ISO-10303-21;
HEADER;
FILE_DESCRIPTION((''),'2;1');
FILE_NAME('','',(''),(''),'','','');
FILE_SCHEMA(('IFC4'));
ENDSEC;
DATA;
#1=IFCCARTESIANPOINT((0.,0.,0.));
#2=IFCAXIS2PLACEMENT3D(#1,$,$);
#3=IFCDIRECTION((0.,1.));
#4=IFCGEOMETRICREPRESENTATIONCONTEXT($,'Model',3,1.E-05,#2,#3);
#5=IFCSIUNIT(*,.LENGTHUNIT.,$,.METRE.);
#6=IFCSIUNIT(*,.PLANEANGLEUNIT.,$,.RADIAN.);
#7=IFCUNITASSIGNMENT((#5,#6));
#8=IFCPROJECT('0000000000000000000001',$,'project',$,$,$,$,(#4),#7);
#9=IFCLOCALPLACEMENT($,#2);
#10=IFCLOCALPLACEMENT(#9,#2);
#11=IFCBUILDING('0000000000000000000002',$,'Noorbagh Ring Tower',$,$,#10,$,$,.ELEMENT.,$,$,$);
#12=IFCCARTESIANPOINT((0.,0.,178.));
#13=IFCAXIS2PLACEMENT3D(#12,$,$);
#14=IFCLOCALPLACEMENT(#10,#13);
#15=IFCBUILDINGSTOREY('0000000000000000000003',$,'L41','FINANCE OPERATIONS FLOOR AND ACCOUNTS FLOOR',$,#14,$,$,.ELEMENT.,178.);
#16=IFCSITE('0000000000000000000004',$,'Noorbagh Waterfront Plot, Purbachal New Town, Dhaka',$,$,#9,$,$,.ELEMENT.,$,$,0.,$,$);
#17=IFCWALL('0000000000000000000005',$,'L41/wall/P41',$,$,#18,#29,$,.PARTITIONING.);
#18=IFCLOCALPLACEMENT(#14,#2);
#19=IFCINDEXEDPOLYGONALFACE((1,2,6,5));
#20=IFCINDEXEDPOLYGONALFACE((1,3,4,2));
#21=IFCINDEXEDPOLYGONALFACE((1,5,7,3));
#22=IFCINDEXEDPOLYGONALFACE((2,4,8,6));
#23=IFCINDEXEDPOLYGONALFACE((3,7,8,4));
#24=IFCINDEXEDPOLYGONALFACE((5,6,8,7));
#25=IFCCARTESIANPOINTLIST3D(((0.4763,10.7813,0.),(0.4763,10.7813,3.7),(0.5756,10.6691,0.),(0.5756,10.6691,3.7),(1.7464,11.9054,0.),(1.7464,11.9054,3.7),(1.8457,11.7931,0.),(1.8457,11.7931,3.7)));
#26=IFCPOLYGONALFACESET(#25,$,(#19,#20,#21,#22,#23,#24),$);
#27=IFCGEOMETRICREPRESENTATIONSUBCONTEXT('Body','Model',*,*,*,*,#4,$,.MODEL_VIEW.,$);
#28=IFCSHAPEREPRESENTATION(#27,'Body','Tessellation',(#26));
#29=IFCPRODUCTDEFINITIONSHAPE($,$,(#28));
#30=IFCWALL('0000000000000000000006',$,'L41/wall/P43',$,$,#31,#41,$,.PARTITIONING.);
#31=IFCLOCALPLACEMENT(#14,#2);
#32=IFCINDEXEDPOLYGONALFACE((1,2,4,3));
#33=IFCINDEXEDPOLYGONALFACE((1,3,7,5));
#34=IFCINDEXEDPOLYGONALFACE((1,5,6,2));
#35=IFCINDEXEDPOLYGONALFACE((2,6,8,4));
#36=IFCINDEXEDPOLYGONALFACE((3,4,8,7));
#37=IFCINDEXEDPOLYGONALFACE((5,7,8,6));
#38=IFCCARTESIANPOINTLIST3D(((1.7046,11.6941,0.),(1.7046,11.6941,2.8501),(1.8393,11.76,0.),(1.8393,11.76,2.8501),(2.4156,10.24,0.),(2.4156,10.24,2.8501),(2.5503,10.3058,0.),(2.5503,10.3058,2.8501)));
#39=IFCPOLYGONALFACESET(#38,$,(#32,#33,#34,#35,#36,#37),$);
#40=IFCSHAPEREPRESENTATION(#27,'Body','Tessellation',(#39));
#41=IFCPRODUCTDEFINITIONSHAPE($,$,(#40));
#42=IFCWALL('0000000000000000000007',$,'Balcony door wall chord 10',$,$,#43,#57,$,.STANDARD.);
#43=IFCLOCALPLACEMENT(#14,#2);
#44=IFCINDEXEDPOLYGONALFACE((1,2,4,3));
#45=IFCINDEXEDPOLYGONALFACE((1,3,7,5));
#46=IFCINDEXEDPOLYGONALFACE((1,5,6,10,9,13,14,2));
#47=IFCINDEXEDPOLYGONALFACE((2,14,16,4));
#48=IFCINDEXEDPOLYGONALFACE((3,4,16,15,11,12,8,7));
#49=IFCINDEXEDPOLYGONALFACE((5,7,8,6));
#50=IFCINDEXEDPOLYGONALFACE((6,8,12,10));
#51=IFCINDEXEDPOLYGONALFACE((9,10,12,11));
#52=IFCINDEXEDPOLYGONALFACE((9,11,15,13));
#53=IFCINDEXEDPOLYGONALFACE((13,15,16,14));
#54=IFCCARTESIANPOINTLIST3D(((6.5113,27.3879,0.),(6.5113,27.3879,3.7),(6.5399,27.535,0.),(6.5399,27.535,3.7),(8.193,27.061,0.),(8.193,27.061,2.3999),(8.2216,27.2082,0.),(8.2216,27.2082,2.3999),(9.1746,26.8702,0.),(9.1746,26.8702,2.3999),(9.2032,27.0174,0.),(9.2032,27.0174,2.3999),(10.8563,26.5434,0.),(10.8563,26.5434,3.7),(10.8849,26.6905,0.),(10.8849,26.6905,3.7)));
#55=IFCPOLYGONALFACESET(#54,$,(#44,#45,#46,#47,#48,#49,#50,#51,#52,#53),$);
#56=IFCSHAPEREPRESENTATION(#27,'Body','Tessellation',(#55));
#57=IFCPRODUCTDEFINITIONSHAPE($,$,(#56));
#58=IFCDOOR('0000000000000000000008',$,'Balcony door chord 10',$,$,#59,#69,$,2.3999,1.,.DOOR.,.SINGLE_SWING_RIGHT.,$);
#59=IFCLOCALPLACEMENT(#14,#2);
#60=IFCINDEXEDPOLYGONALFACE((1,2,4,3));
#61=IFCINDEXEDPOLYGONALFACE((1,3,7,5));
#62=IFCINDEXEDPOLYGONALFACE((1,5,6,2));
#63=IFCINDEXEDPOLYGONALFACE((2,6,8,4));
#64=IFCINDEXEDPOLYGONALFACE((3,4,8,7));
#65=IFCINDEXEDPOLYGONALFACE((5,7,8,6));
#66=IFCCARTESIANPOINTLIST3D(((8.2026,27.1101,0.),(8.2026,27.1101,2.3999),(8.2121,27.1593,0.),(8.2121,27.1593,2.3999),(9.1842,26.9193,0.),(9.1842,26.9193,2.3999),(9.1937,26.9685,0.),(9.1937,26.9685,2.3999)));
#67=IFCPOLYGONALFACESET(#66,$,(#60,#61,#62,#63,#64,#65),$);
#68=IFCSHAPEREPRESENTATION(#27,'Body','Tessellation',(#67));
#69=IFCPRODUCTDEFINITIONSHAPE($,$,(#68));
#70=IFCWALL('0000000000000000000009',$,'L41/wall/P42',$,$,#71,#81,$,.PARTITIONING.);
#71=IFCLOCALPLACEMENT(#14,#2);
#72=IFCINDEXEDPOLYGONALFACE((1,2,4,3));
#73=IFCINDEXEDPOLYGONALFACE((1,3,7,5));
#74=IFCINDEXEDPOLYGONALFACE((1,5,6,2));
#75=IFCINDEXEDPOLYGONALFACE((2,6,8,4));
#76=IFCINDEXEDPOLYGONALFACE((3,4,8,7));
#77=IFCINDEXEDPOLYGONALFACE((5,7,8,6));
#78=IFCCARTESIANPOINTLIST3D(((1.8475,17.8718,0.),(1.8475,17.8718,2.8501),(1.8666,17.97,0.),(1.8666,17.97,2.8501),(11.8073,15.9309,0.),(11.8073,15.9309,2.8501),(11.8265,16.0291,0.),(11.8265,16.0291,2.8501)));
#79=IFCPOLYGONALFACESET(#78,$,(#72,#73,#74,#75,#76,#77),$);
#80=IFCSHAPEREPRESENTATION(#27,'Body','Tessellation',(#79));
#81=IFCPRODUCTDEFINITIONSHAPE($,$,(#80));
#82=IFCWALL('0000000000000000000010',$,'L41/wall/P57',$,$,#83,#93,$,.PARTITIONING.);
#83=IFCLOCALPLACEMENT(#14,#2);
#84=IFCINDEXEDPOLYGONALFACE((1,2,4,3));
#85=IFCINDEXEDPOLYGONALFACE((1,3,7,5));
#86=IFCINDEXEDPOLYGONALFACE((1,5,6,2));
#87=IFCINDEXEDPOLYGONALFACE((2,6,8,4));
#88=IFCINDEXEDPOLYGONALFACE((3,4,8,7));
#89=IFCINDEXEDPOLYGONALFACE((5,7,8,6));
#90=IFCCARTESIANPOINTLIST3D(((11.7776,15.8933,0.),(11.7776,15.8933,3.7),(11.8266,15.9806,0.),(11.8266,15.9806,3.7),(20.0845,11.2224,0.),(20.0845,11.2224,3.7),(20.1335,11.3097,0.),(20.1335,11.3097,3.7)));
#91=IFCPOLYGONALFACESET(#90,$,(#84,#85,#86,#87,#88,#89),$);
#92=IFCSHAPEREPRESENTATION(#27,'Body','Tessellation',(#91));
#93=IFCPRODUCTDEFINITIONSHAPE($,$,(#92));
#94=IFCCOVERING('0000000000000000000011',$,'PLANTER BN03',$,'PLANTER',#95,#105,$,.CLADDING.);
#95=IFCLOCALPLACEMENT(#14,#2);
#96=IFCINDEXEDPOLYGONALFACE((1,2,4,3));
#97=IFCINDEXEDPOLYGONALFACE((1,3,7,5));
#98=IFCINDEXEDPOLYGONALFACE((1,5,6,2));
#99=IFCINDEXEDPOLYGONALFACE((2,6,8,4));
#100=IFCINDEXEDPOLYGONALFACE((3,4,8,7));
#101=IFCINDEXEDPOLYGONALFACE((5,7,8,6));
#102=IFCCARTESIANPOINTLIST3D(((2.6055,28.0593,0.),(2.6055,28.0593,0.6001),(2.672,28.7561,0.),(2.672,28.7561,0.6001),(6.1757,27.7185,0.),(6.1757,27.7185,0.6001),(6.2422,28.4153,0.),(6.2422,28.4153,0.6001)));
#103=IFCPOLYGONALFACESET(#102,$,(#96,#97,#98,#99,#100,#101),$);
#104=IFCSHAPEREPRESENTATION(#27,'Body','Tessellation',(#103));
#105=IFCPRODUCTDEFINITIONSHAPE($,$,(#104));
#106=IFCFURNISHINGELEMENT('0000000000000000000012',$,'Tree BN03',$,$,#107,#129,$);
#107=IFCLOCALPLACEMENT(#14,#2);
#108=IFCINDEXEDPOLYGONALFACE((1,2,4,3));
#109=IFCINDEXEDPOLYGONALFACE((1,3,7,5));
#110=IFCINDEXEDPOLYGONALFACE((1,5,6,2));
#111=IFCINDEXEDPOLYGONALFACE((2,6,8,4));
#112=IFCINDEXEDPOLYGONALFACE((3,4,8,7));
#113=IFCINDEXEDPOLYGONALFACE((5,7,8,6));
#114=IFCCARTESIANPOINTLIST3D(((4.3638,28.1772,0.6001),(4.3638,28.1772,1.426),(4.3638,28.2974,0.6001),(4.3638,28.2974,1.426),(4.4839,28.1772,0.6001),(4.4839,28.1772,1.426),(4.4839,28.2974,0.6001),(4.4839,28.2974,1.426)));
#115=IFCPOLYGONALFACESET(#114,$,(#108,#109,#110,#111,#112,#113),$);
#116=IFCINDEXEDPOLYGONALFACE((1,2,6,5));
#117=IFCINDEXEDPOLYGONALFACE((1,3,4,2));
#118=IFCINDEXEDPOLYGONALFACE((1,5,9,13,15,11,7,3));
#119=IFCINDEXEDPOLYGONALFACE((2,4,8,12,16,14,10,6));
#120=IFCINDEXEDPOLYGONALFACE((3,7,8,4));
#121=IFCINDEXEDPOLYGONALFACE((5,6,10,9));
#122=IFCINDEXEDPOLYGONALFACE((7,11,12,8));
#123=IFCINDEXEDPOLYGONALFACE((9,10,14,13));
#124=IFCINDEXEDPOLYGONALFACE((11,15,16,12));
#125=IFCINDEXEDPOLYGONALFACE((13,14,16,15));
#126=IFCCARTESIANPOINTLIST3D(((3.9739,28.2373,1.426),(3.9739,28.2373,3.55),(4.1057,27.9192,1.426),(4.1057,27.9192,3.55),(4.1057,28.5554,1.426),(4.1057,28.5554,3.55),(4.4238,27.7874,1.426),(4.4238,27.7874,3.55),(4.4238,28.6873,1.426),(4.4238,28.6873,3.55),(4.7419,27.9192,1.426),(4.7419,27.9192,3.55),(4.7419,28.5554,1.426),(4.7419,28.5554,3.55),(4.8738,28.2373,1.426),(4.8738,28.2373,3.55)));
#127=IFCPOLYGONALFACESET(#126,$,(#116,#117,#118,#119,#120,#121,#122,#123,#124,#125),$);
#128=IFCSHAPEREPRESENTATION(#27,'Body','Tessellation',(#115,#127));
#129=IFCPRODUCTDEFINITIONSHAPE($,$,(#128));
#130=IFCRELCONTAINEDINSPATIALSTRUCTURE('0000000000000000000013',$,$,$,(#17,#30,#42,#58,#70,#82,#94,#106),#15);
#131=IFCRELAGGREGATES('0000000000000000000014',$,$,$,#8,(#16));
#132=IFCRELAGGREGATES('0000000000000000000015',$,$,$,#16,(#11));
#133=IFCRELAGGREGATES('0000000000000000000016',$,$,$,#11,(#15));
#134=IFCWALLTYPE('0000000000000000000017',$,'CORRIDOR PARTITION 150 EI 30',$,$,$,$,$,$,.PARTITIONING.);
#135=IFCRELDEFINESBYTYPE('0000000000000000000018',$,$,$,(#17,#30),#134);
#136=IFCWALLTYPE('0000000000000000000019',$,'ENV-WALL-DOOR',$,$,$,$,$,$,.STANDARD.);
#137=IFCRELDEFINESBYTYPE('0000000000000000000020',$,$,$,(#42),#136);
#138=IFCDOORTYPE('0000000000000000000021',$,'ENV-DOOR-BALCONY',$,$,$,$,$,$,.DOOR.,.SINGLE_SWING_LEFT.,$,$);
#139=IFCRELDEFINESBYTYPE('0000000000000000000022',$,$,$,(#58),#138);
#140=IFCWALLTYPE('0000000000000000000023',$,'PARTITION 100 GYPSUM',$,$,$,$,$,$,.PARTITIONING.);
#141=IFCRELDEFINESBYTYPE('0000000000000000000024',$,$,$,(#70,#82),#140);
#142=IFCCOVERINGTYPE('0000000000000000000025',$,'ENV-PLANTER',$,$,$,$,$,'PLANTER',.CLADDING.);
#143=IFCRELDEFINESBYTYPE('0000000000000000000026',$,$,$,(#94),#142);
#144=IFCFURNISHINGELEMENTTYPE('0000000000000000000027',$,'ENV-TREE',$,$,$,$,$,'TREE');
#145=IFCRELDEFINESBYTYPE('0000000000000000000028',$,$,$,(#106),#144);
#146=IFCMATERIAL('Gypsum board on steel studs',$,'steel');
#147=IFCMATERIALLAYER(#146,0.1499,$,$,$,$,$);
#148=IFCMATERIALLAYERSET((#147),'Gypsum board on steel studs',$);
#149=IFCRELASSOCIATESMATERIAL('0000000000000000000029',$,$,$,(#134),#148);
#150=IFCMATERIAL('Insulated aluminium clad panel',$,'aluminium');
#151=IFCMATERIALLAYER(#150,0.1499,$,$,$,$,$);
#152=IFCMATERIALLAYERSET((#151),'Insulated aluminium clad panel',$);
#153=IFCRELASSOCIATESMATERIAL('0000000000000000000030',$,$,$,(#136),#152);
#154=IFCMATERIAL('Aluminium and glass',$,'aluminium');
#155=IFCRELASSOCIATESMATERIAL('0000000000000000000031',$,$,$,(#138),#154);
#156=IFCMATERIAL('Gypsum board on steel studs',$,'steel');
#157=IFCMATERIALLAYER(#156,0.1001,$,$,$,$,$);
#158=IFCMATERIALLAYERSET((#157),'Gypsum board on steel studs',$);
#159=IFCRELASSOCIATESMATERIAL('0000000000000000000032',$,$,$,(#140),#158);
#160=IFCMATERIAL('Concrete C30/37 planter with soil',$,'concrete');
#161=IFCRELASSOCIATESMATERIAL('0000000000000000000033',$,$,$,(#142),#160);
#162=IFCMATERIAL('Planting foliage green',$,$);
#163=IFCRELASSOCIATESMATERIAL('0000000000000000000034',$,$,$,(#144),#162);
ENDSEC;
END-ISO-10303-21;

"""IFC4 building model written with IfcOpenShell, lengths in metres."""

from ifc_helpers import new_model, si_unit, direction, frame, frame_2d, origin, origin_2d, place, context, subcontext, project, spatial, polyline, rectangle, outline, extrude, material, layer, layer_set, type_object, element, fill, save


model = new_model("IFC4")

# Units and contexts
model_context = context("Model", 3, precision=1e-05, world=origin(), true_north=direction((0.0, 1.0)))
body_context = subcontext(model_context, "Body", "Model", "MODEL_VIEW")
ifc_project = project(units=[si_unit("LENGTHUNIT", "METRE"), si_unit("PLANEANGLEUNIT", "RADIAN")], contexts=[model_context])

# Site, building, storey
site_placement = place(None, origin())
site = spatial("IfcSite", under=ifc_project, at=site_placement, Name="Noorbagh Waterfront Plot, Purbachal New Town, Dhaka", CompositionType="ELEMENT", RefElevation=0.0)
building_placement = place(site_placement, origin())
building = spatial("IfcBuilding", under=site, at=building_placement, Name="Noorbagh Ring Tower", CompositionType="ELEMENT")
storey_placement = place(building_placement, frame((0.0, 0.0, 178.0)))
storey = spatial("IfcBuildingStorey", under=building, at=storey_placement, Name="L41", Description="FINANCE OPERATIONS FLOOR AND ACCOUNTS FLOOR", CompositionType="ELEMENT", Elevation=178.0)

# Walls
ifc_material_1 = material(Name="Gypsum board on steel studs", Category="steel")
ifc_layer_1 = layer(ifc_material_1, 0.1499)
ifc_layer_set_1 = layer_set([ifc_layer_1], Name="Gypsum board on steel studs")
wall_type_1 = type_object("IfcWallType", Name="CORRIDOR PARTITION 150 EI 30", PredefinedType="PARTITIONING", material=ifc_layer_set_1)
wall_1_placement = place(storey_placement, frame((0.5259, 10.7251, 0.0), z_axis=(0.0, 0.0, 1.0), x_axis=(0.748837, 0.662754, 0.0)))
element("IfcWall", 1, at=wall_1_placement, inside=storey, type_object=wall_type_1, Name="L41/wall/P41", PredefinedType="PARTITIONING", context=body_context, shape_type="SweptSolid", body=[
    extrude(rectangle(XDim=1.696, YDim=0.1499, at=frame_2d((0.8481, 0.0))), origin(), (0.0, 0.0, 1.0), 3.7),
])
wall_2_placement = place(storey_placement, frame((1.772, 11.7271, 0.0), z_axis=(0.0, 0.0, 1.0), x_axis=(0.439232, -0.898374, 0.0)))
element("IfcWall", 2, at=wall_2_placement, inside=storey, type_object=wall_type_1, Name="L41/wall/P43", PredefinedType="PARTITIONING", context=body_context, shape_type="SweptSolid", body=[
    extrude(rectangle(XDim=1.6187, YDim=0.1499, at=frame_2d((0.8093, 0.0))), origin(), (0.0, 0.0, 1.0), 2.8501),
])

# Wall, opening, door
ifc_material_2 = material(Name="Insulated aluminium clad panel", Category="aluminium")
ifc_layer_2 = layer(ifc_material_2, 0.1499)
ifc_layer_set_2 = layer_set([ifc_layer_2], Name="Insulated aluminium clad panel")
wall_type_2 = type_object("IfcWallType", Name="ENV-WALL-DOOR", PredefinedType="STANDARD", material=ifc_layer_set_2)
wall_3_placement = place(storey_placement, frame((10.8706, 26.6169, 0.0), z_axis=(0.0, 0.0, 1.0), x_axis=(-0.981631, 0.190788, 0.0)))
wall_3 = element("IfcWall", 3, at=wall_3_placement, inside=storey, type_object=wall_type_2, Name="Balcony door wall chord 10", PredefinedType="STANDARD", context=body_context, shape_type="SweptSolid", body=[
    extrude(rectangle(XDim=4.4263, YDim=0.1499, at=frame_2d((2.2131, 0.0))), origin(), (0.0, 0.0, 1.0), 3.7),
])
opening_placement = place(wall_3_placement, frame((1.7131, 0.0, 0.0)))
opening = element("IfcOpeningElement", 4, at=opening_placement, cuts=wall_3, PredefinedType="OPENING", context=body_context, shape_type="SweptSolid", body=[
    extrude(rectangle(XDim=1.0, YDim=2.3999, at=frame_2d((0.5, 1.2))), frame((0.0, 0.085, 0.0), z_axis=(0.0, -1.0, 0.0), x_axis=(1.0, 0.0, 0.0)), (0.0, 0.0, 1.0), 0.1699),
])
ifc_material_3 = material(Name="Aluminium and glass", Category="aluminium")
door_type = type_object("IfcDoorType", Name="ENV-DOOR-BALCONY", OperationType="SINGLE_SWING_LEFT", PredefinedType="DOOR", material=ifc_material_3)
door_placement = place(opening_placement, origin())
door = element("IfcDoor", 5, at=door_placement, inside=storey, type_object=door_type, Name="Balcony door chord 10", OperationType="SINGLE_SWING_RIGHT", OverallHeight=2.3999, OverallWidth=1.0, PredefinedType="DOOR", context=body_context, shape_type="SweptSolid", body=[
    extrude(rectangle(XDim=1.0, YDim=2.3999, at=frame_2d((0.5, 1.2))), frame((0.0, 0.0249, 0.0), z_axis=(0.0, -1.0, 0.0), x_axis=(1.0, 0.0, 0.0)), (0.0, 0.0, 1.0), 0.05),
])
fill(opening, door)

# Walls
ifc_material_4 = material(Name="Gypsum board on steel studs", Category="steel")
ifc_layer_3 = layer(ifc_material_4, 0.1001)
ifc_layer_set_3 = layer_set([ifc_layer_3], Name="Gypsum board on steel studs")
wall_type_3 = type_object("IfcWallType", Name="PARTITION 100 GYPSUM", PredefinedType="PARTITIONING", material=ifc_layer_set_3)
wall_4_placement = place(storey_placement, frame((1.8569, 17.9209, 0.0), z_axis=(0.0, 0.0, 1.0), x_axis=(0.981537, -0.191274, 0.0)))
element("IfcWall", 6, at=wall_4_placement, inside=storey, type_object=wall_type_3, Name="L41/wall/P42", PredefinedType="PARTITIONING", context=body_context, shape_type="SweptSolid", body=[
    extrude(rectangle(XDim=10.1472, YDim=0.1001, at=frame_2d((5.0737, 0.0))), origin(), (0.0, 0.0, 1.0), 2.8501),
])
wall_5_placement = place(storey_placement, frame((11.802, 15.937, 0.0), z_axis=(0.0, 0.0, 1.0), x_axis=(0.871653, -0.490124, 0.0)))
element("IfcWall", 7, at=wall_5_placement, inside=storey, type_object=wall_type_3, Name="L41/wall/P57", PredefinedType="PARTITIONING", context=body_context, shape_type="SweptSolid", body=[
    extrude(rectangle(XDim=9.53, YDim=0.1001, at=frame_2d((4.7651, 0.0))), origin(), (0.0, 0.0, 1.0), 3.7),
])

# Covering
ifc_material_5 = material(Name="Concrete C30/37 planter with soil", Category="concrete")
covering_type = type_object("IfcCoveringType", Name="ENV-PLANTER", ElementType="PLANTER", PredefinedType="CLADDING", material=ifc_material_5)
covering_placement = place(storey_placement, frame((4.4238, 28.2373, 0.0), z_axis=(0.0, 0.0, 1.0), x_axis=(-0.995476, 0.095008, 0.0)))
element("IfcCovering", 8, at=covering_placement, inside=storey, type_object=covering_type, Name="PLANTER BN03", ObjectType="PLANTER", PredefinedType="CLADDING", context=body_context, shape_type="SweptSolid", body=[
    extrude(rectangle(XDim=3.5864, YDim=0.7, at=origin_2d()), origin(), (0.0, 0.0, 1.0), 0.6001),
])

# Furnishing element
ifc_material_6 = material(Name="Planting foliage green")
furnishing_element_type = type_object("IfcFurnishingElementType", Name="ENV-TREE", ElementType="TREE", material=ifc_material_6)
furnishing_placement = place(storey_placement, frame((4.4238, 28.2373, 0.6001), z_axis=(0.0, 0.0, 1.0), x_axis=(1.0, 0.0, 0.0)))
element("IfcFurnishingElement", 9, at=furnishing_placement, inside=storey, type_object=furnishing_element_type, Name="Tree BN03", context=body_context, shape_type="SweptSolid", body=[
    extrude(rectangle(XDim=0.1201, YDim=0.1201, at=origin_2d()), origin(), (0.0, 0.0, 1.0), 0.8259),
    extrude(outline(polyline([(0.45, 0.0), (0.3181, 0.3181), (0.0, 0.45), (-0.3181, 0.3181), (-0.45, 0.0), (-0.3181, -0.3181), (0.0, -0.45), (0.3181, -0.3181), (0.45, 0.0)])), frame((0.0, 0.0, 0.8259)), (0.0, 0.0, 1.0), 2.124),
])

save(model, "model.ifc")
